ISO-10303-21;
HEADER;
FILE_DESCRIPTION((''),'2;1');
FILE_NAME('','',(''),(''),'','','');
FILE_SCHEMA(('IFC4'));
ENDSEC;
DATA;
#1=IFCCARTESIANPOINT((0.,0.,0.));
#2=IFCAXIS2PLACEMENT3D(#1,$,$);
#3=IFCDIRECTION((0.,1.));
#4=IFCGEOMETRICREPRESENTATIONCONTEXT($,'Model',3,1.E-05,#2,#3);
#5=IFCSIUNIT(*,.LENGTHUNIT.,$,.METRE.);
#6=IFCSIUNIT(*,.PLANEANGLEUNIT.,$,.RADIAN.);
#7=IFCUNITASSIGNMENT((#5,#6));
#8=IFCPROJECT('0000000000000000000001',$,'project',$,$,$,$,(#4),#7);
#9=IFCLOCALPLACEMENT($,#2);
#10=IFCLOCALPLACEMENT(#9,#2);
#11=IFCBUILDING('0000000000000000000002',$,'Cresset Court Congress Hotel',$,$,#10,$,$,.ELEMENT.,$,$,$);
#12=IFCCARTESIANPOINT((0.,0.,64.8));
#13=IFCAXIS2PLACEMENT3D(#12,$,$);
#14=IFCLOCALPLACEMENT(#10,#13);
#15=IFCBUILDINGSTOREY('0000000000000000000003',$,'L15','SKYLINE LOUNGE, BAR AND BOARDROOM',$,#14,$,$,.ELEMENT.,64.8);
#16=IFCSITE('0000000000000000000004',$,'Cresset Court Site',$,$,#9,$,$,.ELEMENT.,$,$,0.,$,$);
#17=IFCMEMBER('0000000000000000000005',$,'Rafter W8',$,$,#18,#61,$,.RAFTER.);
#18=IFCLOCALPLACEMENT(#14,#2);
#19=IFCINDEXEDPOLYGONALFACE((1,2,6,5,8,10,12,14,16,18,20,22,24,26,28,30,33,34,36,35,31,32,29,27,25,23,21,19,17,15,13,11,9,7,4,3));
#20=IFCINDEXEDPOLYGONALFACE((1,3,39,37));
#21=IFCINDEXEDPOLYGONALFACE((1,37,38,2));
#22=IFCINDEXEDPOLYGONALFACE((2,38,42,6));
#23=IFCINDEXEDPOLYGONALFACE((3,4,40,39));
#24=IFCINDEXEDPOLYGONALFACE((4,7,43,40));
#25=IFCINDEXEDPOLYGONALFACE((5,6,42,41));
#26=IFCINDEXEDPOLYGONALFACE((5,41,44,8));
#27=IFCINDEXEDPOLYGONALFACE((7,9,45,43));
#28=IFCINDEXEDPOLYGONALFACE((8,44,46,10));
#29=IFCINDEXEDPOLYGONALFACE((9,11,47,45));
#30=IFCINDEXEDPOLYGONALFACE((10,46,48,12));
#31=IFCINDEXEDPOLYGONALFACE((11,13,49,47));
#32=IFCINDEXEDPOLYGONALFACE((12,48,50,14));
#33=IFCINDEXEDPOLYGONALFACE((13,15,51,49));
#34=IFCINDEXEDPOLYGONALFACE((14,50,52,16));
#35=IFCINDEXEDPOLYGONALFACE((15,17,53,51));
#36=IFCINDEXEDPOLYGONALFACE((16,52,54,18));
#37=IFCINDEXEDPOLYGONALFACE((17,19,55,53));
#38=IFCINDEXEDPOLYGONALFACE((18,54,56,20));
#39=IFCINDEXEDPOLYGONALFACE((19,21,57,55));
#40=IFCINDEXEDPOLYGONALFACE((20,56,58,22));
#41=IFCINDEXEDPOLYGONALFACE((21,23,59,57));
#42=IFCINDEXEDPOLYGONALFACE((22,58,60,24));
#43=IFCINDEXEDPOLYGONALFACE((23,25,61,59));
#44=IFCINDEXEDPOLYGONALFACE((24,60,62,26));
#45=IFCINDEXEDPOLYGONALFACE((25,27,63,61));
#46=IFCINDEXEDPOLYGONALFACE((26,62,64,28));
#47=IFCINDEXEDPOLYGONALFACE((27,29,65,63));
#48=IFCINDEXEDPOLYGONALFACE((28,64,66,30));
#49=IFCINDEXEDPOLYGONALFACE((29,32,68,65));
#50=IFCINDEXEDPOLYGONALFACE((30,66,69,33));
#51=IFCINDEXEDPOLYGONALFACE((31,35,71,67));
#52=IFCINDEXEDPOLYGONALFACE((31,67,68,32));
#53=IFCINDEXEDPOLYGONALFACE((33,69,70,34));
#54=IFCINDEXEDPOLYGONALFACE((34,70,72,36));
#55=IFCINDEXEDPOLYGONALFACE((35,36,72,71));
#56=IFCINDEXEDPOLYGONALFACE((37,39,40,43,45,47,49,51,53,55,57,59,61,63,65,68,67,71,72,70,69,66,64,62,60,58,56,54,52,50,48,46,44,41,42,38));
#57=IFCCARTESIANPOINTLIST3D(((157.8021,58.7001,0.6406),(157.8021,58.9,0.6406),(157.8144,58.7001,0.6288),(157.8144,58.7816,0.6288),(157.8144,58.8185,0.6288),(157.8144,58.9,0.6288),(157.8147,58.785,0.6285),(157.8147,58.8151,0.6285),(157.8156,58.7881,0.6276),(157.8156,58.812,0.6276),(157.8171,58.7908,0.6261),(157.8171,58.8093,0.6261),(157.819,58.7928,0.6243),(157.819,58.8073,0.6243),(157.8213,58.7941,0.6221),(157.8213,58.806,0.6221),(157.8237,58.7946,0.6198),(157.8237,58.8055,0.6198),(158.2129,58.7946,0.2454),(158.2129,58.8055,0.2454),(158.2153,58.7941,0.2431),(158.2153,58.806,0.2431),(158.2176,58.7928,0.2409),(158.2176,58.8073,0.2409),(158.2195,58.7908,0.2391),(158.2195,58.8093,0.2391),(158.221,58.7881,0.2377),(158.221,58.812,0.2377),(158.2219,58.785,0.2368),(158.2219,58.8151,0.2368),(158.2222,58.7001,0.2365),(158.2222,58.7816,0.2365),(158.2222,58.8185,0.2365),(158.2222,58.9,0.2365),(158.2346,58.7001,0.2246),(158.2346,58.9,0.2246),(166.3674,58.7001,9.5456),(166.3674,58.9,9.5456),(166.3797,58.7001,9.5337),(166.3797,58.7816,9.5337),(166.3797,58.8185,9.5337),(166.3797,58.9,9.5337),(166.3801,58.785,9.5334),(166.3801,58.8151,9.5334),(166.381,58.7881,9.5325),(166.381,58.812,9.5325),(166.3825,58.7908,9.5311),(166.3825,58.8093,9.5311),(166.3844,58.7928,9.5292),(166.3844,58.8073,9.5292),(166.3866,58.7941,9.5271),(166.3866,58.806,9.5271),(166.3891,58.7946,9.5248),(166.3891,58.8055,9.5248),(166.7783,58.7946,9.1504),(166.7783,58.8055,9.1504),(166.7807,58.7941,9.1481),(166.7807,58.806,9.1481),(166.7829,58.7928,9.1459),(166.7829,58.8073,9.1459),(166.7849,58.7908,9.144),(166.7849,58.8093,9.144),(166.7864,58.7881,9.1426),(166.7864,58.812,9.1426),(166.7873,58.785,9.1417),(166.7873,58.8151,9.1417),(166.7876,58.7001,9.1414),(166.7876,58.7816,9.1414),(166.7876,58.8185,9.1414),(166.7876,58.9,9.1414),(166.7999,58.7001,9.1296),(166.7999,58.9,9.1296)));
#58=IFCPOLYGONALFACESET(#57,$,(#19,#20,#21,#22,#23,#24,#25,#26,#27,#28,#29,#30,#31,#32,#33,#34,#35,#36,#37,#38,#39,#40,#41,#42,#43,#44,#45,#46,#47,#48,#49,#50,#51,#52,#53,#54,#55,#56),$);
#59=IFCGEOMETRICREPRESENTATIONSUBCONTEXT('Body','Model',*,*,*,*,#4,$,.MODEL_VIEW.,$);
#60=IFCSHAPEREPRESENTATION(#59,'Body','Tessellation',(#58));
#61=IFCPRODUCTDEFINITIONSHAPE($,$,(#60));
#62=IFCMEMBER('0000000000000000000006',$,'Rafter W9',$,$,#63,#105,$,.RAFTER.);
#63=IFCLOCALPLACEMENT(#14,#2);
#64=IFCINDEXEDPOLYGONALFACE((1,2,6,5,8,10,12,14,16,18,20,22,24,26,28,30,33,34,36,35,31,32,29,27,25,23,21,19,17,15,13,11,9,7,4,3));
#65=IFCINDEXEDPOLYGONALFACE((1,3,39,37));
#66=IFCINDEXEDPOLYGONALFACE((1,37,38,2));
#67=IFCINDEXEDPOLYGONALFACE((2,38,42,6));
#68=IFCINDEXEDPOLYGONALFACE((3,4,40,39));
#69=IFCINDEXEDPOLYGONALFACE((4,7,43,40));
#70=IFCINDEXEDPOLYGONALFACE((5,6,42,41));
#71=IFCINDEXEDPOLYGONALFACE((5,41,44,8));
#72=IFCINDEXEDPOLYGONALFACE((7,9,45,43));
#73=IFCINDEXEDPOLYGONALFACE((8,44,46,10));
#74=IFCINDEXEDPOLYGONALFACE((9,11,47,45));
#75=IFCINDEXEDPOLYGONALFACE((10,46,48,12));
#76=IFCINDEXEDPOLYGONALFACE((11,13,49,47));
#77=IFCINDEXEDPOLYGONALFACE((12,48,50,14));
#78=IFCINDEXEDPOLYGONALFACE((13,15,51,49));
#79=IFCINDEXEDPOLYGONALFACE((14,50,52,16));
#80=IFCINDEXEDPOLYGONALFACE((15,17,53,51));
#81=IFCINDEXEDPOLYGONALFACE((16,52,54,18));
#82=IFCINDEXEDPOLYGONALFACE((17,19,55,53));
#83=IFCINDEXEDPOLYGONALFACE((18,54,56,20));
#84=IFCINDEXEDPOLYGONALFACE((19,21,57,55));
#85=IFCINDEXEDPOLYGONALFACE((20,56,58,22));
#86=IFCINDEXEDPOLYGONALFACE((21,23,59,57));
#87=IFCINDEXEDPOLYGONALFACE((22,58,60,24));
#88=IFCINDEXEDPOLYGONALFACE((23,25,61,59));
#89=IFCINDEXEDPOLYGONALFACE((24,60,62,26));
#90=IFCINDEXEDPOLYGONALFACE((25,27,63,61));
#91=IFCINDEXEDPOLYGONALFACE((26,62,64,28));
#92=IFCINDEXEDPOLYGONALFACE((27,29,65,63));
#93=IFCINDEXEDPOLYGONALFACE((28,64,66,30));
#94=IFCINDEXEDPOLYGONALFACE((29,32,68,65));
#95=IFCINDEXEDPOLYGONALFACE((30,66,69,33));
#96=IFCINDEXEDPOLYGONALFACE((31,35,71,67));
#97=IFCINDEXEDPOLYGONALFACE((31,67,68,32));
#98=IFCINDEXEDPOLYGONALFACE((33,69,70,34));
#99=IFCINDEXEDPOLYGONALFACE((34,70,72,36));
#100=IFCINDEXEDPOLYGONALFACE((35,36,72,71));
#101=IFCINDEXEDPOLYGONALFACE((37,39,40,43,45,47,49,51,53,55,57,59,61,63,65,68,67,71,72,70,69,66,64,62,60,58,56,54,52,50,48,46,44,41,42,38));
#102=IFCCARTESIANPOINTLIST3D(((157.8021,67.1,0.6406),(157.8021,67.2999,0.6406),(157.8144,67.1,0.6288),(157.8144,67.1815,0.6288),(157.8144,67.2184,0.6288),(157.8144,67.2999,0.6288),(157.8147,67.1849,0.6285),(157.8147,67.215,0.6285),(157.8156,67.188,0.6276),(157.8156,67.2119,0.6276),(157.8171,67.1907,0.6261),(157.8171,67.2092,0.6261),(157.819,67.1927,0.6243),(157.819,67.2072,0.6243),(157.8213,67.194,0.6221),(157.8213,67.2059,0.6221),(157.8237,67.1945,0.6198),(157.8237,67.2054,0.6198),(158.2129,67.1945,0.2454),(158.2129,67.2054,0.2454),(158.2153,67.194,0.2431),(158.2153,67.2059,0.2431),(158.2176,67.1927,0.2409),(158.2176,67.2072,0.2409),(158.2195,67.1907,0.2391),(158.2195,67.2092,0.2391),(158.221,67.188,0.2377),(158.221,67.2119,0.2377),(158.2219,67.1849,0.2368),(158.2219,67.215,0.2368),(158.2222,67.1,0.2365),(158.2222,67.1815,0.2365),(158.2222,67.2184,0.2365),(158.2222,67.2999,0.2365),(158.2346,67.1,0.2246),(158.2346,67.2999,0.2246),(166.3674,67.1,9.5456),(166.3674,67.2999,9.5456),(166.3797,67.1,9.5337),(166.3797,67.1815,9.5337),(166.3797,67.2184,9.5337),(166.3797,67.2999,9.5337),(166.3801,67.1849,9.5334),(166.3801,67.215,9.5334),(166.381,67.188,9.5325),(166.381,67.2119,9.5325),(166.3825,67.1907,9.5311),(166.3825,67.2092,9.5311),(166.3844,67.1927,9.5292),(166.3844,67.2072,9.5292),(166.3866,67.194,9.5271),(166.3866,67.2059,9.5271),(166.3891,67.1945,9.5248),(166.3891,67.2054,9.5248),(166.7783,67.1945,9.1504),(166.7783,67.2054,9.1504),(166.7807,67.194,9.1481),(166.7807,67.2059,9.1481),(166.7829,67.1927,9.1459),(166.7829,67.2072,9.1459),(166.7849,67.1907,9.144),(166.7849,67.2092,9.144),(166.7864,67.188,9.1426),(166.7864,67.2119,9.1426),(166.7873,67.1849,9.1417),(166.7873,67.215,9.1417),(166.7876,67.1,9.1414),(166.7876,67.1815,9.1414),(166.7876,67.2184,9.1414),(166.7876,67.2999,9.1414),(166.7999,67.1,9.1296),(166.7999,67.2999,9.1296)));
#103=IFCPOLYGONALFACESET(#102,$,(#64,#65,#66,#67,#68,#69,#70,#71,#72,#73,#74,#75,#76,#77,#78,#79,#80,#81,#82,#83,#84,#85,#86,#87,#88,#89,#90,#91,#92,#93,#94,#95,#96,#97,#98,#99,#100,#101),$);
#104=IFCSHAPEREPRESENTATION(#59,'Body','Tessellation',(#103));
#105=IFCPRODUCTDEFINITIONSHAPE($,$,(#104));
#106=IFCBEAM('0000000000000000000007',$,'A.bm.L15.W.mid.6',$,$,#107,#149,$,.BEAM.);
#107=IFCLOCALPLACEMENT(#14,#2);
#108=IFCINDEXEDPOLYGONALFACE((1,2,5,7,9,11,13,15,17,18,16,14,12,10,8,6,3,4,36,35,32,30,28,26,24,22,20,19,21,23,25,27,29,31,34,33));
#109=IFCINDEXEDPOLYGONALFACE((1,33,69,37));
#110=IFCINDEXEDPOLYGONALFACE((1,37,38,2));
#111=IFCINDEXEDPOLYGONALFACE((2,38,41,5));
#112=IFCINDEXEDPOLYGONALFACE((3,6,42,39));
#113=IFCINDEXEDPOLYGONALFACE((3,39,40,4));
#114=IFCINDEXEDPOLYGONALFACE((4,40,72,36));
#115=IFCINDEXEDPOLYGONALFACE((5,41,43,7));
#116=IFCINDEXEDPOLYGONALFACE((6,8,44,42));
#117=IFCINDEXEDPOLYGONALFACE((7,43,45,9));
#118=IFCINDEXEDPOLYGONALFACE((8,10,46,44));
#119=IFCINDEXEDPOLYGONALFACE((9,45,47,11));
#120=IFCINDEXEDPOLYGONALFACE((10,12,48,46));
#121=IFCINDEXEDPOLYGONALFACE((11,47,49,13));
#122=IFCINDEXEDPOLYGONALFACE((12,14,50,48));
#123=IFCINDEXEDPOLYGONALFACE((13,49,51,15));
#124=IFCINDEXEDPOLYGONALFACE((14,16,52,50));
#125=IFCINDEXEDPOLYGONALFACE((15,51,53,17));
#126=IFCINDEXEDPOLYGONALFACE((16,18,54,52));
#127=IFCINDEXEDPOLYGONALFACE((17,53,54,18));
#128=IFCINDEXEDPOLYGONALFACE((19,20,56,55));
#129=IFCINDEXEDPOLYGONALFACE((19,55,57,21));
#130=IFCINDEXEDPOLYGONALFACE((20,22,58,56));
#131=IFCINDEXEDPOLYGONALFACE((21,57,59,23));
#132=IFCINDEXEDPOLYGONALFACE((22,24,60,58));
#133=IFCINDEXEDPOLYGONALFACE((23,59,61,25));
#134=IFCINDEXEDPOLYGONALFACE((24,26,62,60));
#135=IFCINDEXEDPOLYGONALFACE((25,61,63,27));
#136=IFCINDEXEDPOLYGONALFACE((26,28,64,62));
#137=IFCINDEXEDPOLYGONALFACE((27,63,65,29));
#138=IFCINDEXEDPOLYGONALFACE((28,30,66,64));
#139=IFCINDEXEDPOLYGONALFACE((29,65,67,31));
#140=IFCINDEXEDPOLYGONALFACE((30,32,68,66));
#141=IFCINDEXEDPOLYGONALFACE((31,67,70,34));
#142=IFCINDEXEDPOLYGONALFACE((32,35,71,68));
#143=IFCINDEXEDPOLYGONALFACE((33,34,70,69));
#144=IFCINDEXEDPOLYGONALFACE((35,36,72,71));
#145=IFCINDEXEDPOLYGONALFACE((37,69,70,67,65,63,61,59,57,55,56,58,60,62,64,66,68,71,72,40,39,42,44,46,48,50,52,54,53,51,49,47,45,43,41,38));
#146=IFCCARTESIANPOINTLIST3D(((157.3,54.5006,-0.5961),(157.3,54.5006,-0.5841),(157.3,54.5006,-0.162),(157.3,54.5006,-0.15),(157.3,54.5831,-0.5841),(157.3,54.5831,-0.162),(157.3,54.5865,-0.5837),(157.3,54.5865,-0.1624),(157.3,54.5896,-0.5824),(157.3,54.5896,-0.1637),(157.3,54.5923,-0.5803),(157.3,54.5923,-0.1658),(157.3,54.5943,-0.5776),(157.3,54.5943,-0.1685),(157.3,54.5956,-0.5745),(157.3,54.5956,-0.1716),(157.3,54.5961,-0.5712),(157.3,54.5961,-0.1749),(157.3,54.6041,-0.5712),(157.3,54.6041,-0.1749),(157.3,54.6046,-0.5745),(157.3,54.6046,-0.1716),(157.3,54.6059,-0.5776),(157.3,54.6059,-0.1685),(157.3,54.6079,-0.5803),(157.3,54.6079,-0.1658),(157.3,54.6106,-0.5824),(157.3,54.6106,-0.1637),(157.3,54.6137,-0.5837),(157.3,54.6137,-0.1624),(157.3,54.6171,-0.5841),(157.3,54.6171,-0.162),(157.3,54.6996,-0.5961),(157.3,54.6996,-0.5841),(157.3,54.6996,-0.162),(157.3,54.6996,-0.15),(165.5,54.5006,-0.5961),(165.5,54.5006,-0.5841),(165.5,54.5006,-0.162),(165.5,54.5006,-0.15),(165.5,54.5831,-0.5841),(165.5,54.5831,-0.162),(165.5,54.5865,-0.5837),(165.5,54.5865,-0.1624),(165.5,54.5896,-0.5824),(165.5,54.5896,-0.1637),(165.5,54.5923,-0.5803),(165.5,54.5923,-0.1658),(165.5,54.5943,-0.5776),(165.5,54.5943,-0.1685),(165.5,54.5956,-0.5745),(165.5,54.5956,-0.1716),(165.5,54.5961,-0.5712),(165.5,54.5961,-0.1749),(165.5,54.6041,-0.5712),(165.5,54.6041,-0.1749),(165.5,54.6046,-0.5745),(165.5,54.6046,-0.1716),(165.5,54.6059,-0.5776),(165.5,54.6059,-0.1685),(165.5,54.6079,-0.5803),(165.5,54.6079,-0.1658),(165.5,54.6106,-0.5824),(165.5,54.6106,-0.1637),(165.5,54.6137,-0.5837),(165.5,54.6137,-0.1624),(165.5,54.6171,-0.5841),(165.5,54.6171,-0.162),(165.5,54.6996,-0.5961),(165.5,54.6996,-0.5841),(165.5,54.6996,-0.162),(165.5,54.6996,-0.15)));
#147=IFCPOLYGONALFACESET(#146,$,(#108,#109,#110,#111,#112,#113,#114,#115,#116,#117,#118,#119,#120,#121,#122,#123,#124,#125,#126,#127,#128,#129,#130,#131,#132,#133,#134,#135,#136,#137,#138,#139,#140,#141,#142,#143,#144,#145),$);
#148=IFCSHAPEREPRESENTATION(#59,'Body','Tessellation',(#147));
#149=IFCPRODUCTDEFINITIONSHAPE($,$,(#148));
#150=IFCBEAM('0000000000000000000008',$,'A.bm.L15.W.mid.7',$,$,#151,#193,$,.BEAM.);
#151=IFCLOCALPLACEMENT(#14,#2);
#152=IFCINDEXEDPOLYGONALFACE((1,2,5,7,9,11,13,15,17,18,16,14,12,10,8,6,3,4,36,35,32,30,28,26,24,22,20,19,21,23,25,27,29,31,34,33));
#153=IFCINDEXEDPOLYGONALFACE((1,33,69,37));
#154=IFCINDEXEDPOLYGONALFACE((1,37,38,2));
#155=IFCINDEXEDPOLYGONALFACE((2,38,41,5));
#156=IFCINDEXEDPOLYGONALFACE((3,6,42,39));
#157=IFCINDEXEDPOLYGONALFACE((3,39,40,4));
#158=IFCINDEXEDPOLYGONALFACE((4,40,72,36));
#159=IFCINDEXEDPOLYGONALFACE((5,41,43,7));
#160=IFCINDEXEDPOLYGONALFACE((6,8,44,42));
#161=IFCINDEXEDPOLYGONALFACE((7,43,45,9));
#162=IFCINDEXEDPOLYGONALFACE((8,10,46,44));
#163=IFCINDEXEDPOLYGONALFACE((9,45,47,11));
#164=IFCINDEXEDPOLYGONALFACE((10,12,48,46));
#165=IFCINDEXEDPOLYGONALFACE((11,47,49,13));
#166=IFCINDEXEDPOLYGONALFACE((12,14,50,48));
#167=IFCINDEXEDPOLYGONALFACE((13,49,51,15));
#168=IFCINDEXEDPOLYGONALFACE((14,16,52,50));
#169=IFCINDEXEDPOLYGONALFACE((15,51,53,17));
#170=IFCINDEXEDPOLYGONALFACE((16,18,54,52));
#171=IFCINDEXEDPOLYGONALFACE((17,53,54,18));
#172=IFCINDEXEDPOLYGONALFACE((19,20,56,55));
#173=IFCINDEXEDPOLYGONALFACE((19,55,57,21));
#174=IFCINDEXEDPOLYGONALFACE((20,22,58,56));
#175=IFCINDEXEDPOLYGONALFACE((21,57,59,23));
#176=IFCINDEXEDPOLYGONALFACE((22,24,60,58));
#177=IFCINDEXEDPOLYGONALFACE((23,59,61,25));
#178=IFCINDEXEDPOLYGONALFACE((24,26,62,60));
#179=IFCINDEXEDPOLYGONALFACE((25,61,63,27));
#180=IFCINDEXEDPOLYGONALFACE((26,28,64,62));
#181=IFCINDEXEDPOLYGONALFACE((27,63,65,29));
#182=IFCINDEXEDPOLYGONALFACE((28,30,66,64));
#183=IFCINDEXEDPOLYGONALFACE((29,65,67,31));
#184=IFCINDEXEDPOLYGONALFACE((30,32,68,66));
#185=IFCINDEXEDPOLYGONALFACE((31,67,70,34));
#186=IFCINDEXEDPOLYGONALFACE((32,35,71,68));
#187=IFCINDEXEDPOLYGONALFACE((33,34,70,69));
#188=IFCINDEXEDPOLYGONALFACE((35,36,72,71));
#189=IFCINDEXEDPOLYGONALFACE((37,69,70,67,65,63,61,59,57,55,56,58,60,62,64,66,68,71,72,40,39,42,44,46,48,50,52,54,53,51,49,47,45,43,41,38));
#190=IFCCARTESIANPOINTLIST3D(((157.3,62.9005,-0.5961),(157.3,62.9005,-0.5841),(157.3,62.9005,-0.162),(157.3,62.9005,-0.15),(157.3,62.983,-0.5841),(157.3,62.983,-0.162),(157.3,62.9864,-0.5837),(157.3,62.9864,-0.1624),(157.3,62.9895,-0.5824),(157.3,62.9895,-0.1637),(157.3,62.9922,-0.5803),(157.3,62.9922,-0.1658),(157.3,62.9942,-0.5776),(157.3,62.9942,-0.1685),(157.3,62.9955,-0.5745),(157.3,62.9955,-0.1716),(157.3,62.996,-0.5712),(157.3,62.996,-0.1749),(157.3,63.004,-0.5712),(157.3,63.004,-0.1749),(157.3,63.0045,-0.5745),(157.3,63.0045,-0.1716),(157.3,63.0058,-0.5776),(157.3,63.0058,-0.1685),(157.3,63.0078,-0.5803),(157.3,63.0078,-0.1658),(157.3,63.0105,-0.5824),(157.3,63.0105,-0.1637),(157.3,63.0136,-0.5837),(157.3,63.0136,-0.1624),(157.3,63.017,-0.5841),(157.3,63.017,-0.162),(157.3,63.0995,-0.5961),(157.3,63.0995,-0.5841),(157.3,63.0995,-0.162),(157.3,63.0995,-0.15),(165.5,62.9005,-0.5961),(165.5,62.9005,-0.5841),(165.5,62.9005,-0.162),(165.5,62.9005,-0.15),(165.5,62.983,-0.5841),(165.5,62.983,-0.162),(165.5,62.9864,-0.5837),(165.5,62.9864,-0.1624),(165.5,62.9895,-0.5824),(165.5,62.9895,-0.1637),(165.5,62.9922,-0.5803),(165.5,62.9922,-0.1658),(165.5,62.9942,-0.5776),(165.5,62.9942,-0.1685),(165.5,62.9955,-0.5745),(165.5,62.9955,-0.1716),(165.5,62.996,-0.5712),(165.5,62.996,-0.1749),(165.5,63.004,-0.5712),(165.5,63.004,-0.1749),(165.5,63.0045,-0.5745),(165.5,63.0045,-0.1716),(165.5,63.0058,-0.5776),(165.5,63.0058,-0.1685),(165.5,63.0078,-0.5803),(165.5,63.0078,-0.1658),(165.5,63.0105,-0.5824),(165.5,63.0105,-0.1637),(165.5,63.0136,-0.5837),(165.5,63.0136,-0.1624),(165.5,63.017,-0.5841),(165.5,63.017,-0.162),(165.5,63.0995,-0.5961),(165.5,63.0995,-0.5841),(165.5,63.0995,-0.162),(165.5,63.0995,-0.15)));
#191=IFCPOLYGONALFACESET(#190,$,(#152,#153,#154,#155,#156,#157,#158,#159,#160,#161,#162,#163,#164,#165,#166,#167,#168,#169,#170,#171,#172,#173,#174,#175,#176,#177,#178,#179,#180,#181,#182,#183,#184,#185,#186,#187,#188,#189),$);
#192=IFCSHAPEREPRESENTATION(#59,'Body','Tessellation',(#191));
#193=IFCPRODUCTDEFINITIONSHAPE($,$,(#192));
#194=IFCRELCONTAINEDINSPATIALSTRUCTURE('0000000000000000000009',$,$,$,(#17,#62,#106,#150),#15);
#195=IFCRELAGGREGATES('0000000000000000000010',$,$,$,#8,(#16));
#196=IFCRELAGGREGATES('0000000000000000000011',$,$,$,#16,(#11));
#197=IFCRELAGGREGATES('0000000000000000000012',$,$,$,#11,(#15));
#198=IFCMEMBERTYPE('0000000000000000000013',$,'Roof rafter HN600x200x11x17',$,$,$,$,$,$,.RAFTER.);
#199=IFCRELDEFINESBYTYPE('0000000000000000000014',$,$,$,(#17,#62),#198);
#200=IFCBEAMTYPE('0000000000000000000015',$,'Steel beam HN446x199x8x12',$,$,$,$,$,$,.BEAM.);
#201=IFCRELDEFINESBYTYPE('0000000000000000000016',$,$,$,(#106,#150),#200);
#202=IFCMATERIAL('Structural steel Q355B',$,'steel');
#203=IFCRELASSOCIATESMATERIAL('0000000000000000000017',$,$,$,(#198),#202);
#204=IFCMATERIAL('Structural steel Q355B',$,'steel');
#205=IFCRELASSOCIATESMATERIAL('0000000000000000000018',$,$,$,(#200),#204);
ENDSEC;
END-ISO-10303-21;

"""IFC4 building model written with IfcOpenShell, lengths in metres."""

from ifc_helpers import new_model, si_unit, direction, frame, origin, origin_2d, place, context, subcontext, project, spatial, i_section, extrude, material, material_profile, profile_set, type_object, element, save


model = new_model("IFC4")

# Units and contexts
model_context = context("Model", 3, precision=1e-05, world=origin(), true_north=direction((0.0, 1.0)))
body_context = subcontext(model_context, "Body", "Model", "MODEL_VIEW")
ifc_project = project(units=[si_unit("LENGTHUNIT", "METRE"), si_unit("PLANEANGLEUNIT", "RADIAN")], contexts=[model_context])

# Site, building, storey
site_placement = place(None, origin())
site = spatial("IfcSite", under=ifc_project, at=site_placement, Name="Cresset Court Site", CompositionType="ELEMENT", RefElevation=0.0)
building_placement = place(site_placement, origin())
building = spatial("IfcBuilding", under=site, at=building_placement, Name="Cresset Court Congress Hotel", CompositionType="ELEMENT")
storey_placement = place(building_placement, frame((0.0, 0.0, 64.8)))
storey = spatial("IfcBuildingStorey", under=building, at=storey_placement, Name="L15", Description="SKYLINE LOUNGE, BAR AND BOARDROOM", CompositionType="ELEMENT", Elevation=64.8)

# Members
ifc_material_1 = material(Name="Structural steel Q355B", Category="steel")
ifc_material_profile_1 = material_profile(ifc_material_1, i_section(OverallWidth=0.2, OverallDepth=0.6001, WebThickness=0.011, FlangeThickness=0.0171, FilletRadius=0.0129, at=origin_2d()), Name="HN600x200x11x17")
ifc_profile_set_1 = profile_set([ifc_material_profile_1], Name="Structural steel Q355B")
member_type_1 = type_object("IfcMemberType", Name="Roof rafter HN600x200x11x17", PredefinedType="RAFTER", material=ifc_profile_set_1)
for number, where, z_axis, x_axis, name in (
    (1, (158.0183, 58.8, 0.4326), (0.693231, 0.0, 0.720716), (0.0, 1.0, 0.0), "Rafter W8"),
    (2, (158.0183, 67.2, 0.4326), (0.693231, 0.0, 0.720716), (0.0, 1.0, 0.0), "Rafter W9"),
):
    element("IfcMember", number, at=place(storey_placement, frame(where, z_axis=z_axis, x_axis=x_axis)), inside=storey, type_object=member_type_1, Name=name, PredefinedType="RAFTER", context=body_context, shape_type="SweptSolid", body=[
        extrude(i_section(OverallWidth=0.2, OverallDepth=0.6001, WebThickness=0.011, FlangeThickness=0.0171, FilletRadius=0.0129, at=origin_2d()), origin(), (0.0, 0.0, 1.0), 12.3557),
    ])

# Beams
ifc_material_2 = material(Name="Structural steel Q355B", Category="steel")
ifc_material_profile_2 = material_profile(ifc_material_2, i_section(OverallWidth=0.199, OverallDepth=0.446, WebThickness=0.0081, FlangeThickness=0.012, FilletRadius=0.0129, at=origin_2d()), Name="HN446x199x8x12")
ifc_profile_set_2 = profile_set([ifc_material_profile_2], Name="Structural steel Q355B")
beam_type_1 = type_object("IfcBeamType", Name="Steel beam HN446x199x8x12", PredefinedType="BEAM", material=ifc_profile_set_2)
for number, where, z_axis, x_axis, name in (
    (3, (157.3, 54.6001, -0.373), (1.0, 0.0, 0.0), (0.0, 1.0, 0.0), "A.bm.L15.W.mid.6"),
    (4, (157.3, 63.0, -0.373), (1.0, 0.0, 0.0), (0.0, 1.0, 0.0), "A.bm.L15.W.mid.7"),
):
    element("IfcBeam", number, at=place(storey_placement, frame(where, z_axis=z_axis, x_axis=x_axis)), inside=storey, type_object=beam_type_1, Name=name, PredefinedType="BEAM", context=body_context, shape_type="SweptSolid", body=[
        extrude(i_section(OverallWidth=0.199, OverallDepth=0.446, WebThickness=0.0081, FlangeThickness=0.012, FilletRadius=0.0129, at=origin_2d()), origin(), (0.0, 0.0, 1.0), 8.2),
    ])

save(model, "model.ifc")
